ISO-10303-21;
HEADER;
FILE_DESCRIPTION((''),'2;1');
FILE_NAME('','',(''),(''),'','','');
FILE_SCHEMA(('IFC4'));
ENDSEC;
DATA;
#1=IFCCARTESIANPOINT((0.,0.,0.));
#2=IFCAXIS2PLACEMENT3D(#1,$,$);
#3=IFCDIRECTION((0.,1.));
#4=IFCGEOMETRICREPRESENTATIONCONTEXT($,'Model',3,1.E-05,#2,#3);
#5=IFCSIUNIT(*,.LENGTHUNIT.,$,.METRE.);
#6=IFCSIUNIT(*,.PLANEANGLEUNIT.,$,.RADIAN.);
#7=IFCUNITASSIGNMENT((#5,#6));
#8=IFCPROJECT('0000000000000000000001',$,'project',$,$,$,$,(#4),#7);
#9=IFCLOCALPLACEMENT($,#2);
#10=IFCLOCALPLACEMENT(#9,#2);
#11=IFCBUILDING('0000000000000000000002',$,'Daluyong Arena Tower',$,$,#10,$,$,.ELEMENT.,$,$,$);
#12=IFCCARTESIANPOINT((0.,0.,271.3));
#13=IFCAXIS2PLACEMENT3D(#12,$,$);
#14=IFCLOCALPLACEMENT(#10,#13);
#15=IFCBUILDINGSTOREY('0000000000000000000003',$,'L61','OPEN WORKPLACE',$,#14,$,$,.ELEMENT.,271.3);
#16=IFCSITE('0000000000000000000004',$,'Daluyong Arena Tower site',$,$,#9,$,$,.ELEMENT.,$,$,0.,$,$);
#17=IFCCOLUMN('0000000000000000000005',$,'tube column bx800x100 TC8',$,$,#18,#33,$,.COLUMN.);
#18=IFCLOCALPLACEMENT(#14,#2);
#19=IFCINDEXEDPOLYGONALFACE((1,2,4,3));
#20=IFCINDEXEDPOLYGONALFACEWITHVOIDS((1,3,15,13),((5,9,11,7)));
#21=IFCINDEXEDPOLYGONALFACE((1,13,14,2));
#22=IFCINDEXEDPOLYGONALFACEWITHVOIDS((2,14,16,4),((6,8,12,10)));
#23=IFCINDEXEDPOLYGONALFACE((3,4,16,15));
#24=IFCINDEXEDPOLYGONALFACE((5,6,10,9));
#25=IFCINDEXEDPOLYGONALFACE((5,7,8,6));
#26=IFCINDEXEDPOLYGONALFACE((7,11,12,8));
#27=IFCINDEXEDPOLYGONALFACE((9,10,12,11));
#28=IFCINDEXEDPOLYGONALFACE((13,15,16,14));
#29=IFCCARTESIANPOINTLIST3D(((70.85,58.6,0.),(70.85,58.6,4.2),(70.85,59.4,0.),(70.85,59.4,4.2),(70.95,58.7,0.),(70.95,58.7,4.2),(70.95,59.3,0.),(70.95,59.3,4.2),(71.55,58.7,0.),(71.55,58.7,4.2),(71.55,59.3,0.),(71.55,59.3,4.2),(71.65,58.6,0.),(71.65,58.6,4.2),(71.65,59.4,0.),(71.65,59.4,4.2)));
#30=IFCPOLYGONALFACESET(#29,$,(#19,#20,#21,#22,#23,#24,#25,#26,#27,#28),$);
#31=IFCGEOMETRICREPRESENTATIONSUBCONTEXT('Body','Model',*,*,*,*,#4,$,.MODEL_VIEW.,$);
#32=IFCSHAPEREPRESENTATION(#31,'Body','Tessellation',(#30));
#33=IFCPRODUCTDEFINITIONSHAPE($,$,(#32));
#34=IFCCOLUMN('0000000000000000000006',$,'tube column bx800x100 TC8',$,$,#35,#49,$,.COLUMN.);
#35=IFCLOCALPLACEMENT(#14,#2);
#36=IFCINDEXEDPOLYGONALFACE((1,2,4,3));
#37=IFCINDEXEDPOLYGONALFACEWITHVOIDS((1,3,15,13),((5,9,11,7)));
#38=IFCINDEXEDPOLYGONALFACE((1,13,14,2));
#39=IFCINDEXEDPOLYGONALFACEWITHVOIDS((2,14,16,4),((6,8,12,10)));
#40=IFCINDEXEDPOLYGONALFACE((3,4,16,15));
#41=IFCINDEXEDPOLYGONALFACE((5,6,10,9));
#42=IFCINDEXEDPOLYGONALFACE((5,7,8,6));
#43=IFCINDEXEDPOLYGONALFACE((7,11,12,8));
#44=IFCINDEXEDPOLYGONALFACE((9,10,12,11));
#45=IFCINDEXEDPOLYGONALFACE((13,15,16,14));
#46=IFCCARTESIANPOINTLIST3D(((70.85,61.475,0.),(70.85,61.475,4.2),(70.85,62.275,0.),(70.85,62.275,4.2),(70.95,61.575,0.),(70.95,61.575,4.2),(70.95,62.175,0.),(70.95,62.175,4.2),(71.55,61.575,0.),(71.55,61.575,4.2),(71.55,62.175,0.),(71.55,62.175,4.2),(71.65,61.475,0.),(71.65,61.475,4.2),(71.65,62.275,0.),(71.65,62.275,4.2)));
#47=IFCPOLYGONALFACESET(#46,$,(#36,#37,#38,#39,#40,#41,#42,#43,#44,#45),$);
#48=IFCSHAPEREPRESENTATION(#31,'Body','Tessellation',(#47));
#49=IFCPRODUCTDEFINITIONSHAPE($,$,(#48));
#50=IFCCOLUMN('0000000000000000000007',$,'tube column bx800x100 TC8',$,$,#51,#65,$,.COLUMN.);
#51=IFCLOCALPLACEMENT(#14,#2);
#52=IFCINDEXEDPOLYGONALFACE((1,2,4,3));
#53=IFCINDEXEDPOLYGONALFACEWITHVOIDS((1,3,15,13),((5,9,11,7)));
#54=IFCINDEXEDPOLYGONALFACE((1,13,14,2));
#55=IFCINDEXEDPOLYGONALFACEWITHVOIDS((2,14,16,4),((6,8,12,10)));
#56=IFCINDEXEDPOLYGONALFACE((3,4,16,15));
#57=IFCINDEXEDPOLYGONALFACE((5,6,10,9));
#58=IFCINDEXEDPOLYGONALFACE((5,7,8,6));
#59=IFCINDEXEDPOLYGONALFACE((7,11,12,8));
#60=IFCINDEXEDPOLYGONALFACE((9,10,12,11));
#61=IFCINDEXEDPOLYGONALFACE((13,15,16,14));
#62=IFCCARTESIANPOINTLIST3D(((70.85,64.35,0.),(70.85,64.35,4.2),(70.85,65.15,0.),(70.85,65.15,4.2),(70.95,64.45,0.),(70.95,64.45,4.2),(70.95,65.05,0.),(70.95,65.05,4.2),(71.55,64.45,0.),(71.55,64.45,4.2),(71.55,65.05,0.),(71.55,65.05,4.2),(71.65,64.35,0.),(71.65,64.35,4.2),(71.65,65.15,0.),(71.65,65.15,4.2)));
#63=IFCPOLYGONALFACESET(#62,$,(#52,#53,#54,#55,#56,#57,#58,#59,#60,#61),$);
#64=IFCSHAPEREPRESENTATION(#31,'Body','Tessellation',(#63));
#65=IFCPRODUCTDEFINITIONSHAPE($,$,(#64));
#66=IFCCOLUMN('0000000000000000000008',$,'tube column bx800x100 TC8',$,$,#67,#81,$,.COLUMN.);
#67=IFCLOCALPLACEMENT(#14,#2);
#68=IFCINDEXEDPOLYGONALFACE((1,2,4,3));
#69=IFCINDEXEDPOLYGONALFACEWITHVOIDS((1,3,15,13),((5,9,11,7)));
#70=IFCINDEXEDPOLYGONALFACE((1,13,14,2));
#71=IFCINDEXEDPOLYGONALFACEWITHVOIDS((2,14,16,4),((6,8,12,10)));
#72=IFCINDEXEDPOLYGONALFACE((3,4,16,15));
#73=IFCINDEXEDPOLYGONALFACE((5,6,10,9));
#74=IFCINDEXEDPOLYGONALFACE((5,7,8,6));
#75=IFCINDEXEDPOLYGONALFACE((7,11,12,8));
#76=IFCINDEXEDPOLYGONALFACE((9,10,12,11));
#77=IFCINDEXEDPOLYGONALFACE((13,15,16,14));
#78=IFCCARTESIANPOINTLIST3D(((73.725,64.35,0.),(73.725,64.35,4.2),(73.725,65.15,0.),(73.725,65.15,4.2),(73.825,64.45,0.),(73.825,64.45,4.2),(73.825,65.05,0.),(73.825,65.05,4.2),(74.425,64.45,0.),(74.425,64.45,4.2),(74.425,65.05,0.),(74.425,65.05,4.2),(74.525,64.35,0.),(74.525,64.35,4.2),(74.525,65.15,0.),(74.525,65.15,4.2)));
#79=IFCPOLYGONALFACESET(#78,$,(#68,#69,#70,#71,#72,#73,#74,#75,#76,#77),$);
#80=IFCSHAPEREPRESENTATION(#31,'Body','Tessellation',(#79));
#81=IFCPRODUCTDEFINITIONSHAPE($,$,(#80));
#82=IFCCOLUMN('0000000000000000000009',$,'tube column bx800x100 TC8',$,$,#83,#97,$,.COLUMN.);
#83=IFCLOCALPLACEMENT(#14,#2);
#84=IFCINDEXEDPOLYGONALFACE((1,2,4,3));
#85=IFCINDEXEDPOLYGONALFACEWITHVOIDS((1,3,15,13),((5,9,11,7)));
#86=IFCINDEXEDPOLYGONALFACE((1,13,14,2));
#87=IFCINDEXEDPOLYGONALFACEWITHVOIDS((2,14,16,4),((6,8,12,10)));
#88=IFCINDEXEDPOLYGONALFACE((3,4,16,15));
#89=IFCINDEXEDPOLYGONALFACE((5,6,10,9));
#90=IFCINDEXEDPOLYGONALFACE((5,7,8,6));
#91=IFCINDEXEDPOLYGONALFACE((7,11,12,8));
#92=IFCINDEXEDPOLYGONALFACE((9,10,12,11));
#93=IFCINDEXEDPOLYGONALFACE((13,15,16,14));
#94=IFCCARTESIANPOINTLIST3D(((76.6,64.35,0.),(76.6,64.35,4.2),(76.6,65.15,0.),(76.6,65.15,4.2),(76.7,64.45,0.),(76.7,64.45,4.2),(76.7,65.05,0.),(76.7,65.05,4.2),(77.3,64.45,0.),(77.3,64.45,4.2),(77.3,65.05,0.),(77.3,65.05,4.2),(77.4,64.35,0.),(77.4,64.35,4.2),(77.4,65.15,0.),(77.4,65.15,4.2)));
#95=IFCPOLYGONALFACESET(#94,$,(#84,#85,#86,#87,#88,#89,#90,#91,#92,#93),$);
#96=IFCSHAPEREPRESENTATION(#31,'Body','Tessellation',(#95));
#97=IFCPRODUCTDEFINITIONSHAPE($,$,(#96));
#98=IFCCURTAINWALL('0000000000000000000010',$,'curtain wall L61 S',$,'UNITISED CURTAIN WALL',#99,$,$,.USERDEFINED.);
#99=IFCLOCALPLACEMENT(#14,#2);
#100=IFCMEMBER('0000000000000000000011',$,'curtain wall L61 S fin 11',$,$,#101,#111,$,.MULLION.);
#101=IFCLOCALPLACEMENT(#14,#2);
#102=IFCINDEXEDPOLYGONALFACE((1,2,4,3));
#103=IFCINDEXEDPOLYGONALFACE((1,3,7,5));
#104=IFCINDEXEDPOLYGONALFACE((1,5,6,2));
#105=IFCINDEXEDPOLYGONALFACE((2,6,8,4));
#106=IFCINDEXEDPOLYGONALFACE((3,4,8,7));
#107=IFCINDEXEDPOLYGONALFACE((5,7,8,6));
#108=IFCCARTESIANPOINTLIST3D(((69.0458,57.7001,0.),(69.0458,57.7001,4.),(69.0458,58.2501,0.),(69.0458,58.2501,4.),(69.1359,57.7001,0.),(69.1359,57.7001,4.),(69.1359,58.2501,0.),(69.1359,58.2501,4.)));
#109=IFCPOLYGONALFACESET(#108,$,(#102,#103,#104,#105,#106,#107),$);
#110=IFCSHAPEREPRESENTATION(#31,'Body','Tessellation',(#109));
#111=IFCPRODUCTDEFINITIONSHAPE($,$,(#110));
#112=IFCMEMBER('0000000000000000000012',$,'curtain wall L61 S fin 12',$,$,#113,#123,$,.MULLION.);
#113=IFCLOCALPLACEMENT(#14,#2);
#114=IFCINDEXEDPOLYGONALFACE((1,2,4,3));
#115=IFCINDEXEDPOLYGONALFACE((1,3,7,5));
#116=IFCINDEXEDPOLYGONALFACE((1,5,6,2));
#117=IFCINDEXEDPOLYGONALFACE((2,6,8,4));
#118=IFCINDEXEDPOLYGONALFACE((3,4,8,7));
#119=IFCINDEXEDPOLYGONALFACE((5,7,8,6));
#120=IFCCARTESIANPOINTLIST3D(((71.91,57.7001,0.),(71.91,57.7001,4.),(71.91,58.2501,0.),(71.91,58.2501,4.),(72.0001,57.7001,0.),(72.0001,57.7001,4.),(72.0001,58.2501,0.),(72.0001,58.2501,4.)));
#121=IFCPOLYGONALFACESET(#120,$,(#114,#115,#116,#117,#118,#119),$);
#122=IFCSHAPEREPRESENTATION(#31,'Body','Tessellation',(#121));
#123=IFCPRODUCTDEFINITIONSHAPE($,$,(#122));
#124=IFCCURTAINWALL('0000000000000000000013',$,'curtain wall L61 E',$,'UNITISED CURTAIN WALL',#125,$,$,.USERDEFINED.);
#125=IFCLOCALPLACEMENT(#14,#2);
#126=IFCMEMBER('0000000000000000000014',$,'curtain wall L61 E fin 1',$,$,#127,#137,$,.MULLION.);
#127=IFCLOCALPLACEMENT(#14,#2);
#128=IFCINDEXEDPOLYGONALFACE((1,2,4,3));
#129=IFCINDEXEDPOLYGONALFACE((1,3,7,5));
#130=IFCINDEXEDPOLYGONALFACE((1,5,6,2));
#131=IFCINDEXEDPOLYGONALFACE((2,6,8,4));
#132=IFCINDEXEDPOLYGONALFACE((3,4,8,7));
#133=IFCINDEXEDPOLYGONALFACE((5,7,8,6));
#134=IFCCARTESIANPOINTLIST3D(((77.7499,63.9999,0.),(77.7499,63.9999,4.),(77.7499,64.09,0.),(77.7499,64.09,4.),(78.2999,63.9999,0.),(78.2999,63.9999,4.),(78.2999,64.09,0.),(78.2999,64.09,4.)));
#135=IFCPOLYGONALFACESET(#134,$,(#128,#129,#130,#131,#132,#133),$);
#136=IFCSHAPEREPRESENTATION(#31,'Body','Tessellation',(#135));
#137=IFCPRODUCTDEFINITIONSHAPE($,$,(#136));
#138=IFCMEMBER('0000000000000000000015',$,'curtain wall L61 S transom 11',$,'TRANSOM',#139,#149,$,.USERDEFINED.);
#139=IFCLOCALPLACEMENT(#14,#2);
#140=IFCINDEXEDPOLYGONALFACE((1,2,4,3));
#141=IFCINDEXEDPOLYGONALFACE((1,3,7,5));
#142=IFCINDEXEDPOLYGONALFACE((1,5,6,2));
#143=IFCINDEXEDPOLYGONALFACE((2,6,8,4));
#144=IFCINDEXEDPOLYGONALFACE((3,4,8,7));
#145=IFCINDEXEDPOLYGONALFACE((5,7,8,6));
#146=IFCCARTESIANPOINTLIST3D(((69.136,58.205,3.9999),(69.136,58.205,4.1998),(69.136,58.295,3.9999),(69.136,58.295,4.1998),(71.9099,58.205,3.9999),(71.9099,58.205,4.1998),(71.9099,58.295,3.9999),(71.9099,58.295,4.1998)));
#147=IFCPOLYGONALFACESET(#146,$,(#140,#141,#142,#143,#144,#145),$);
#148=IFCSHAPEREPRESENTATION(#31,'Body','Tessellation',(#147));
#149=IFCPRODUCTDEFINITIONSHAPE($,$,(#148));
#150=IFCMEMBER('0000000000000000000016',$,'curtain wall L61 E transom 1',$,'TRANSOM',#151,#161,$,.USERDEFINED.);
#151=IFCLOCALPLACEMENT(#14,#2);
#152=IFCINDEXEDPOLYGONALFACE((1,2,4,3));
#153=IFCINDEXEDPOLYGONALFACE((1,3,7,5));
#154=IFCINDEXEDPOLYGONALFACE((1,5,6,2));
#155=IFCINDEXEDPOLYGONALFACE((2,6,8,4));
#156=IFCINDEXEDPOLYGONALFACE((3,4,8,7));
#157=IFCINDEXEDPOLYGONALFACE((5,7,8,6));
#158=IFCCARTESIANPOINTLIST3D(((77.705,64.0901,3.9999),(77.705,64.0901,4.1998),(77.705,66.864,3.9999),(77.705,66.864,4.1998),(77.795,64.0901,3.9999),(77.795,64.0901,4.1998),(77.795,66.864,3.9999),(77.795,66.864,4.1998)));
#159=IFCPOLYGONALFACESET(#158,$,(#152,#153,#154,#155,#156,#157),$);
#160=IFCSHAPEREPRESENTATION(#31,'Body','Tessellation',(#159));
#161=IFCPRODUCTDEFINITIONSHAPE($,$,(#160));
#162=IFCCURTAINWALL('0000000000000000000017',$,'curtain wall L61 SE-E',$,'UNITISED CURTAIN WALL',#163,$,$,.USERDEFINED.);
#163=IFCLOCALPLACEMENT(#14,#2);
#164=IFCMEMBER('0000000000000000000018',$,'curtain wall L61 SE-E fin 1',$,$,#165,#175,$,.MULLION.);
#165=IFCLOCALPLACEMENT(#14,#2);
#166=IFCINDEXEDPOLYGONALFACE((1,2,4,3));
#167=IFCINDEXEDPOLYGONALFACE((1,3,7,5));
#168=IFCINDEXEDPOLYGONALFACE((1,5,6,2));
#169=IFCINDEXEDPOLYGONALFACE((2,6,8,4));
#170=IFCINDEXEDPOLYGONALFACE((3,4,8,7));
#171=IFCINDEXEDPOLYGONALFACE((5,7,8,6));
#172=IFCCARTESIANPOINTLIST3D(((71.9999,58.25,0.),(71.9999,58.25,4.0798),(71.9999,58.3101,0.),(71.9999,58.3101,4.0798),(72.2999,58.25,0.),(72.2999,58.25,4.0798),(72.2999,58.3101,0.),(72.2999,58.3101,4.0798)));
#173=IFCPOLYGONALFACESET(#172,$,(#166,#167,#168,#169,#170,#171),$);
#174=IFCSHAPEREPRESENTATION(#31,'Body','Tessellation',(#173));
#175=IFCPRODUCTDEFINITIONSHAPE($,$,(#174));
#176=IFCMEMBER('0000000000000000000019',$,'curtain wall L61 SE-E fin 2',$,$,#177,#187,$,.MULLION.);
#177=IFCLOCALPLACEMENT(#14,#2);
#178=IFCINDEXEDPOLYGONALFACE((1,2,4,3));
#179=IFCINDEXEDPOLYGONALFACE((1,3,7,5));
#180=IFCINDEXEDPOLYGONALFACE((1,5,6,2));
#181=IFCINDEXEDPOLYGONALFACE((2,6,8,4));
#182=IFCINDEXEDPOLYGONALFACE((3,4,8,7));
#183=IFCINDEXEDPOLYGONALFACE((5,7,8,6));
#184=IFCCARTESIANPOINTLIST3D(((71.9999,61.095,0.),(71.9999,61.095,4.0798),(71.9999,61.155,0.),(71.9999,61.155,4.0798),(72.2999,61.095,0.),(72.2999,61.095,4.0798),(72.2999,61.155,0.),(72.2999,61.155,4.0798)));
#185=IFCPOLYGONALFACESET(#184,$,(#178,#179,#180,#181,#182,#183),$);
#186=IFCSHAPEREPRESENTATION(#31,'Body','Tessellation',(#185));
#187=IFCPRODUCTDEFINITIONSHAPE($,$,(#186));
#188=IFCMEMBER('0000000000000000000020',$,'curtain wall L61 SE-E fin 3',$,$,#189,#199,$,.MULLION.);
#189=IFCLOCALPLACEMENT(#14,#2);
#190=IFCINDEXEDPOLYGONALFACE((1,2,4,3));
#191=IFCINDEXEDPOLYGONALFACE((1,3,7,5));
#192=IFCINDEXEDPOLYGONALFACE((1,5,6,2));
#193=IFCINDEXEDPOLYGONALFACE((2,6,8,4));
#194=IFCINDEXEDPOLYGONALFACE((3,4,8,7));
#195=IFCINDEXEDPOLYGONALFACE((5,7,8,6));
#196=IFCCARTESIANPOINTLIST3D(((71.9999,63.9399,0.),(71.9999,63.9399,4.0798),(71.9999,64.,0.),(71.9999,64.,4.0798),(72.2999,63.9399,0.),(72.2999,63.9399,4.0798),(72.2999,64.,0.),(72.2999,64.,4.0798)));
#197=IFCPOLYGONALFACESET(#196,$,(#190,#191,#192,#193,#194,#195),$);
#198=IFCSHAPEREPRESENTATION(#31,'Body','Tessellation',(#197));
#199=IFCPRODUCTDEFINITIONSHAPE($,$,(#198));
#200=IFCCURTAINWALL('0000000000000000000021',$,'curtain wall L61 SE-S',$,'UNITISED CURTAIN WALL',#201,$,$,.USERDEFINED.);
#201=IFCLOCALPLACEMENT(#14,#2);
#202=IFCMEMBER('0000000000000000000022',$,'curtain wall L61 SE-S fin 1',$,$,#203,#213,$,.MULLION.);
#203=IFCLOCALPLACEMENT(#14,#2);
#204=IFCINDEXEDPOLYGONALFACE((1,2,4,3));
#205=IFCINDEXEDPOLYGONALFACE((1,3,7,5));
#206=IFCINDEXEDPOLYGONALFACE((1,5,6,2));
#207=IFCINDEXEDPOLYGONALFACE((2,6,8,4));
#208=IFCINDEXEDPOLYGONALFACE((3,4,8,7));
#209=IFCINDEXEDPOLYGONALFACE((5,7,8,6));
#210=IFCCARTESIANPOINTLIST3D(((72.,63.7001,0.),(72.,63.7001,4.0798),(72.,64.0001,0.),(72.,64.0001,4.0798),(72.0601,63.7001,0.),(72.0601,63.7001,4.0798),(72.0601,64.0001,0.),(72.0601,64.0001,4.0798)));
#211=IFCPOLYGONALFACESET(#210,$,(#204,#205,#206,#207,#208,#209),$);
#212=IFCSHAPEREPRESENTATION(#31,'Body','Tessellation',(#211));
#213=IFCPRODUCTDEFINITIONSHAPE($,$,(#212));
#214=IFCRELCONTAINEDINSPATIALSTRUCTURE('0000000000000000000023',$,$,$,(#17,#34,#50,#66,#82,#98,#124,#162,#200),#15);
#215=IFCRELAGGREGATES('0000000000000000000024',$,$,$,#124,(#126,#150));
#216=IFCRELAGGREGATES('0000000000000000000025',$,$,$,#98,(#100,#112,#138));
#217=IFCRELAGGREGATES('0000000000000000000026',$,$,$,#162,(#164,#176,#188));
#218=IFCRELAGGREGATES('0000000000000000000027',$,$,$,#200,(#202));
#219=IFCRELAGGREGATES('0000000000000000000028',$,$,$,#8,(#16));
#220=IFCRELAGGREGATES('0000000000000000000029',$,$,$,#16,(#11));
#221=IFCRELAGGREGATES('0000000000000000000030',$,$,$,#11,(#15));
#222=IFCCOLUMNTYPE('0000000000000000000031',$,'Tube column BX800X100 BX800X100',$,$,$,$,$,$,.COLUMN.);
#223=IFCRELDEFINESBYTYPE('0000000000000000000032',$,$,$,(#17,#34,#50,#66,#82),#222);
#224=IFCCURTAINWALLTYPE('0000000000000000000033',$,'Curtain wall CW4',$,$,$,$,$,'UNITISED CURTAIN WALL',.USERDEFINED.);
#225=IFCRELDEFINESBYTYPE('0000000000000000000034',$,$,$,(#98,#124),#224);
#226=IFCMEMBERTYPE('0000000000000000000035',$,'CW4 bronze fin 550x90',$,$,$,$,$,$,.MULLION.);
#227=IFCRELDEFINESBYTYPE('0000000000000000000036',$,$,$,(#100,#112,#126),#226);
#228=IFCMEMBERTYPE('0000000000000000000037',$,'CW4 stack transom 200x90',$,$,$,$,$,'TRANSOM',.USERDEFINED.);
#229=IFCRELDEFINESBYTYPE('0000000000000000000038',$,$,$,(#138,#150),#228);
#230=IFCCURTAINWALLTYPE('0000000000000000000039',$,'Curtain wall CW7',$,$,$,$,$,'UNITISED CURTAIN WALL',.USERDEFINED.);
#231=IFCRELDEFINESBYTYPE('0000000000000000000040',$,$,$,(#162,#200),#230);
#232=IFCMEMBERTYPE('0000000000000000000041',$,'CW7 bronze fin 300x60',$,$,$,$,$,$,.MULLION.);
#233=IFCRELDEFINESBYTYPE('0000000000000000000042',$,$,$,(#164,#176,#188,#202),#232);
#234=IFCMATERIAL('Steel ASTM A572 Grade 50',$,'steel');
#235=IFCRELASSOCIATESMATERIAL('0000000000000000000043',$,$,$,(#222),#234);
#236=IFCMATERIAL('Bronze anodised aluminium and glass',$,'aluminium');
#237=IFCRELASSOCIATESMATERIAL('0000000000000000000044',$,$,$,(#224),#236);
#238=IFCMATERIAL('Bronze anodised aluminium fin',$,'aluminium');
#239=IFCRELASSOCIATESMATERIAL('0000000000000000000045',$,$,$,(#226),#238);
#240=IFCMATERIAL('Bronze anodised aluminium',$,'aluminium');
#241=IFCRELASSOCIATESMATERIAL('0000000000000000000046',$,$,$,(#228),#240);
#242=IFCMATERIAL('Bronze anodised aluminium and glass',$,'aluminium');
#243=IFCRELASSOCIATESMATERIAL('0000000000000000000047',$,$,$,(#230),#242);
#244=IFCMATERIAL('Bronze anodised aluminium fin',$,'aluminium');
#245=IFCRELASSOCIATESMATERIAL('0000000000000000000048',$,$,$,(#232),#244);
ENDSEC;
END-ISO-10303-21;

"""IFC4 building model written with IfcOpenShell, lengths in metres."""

from ifc_helpers import new_model, si_unit, direction, frame, origin, origin_2d, place, context, subcontext, project, spatial, rectangle, hollow_rectangle, extrude, material, material_profile, profile_set, type_object, element, aggregate, save


model = new_model("IFC4")

# Units and contexts
model_context = context("Model", 3, precision=1e-05, world=origin(), true_north=direction((0.0, 1.0)))
body_context = subcontext(model_context, "Body", "Model", "MODEL_VIEW")
ifc_project = project(units=[si_unit("LENGTHUNIT", "METRE"), si_unit("PLANEANGLEUNIT", "RADIAN")], contexts=[model_context])

# Site, building, storey
site_placement = place(None, origin())
site = spatial("IfcSite", under=ifc_project, at=site_placement, Name="Daluyong Arena Tower site", CompositionType="ELEMENT", RefElevation=0.0)
building_placement = place(site_placement, origin())
building = spatial("IfcBuilding", under=site, at=building_placement, Name="Daluyong Arena Tower", CompositionType="ELEMENT")
storey_placement = place(building_placement, frame((0.0, 0.0, 271.3)))
storey = spatial("IfcBuildingStorey", under=building, at=storey_placement, Name="L61", Description="OPEN WORKPLACE", CompositionType="ELEMENT", Elevation=271.3)

# Columns
ifc_material_1 = material(Name="Steel ASTM A572 Grade 50", Category="steel")
ifc_material_profile_1 = material_profile(ifc_material_1, hollow_rectangle(XDim=0.8, YDim=0.8, WallThickness=0.1, at=origin_2d()))
ifc_profile_set_1 = profile_set([ifc_material_profile_1], Name="Steel ASTM A572 Grade 50")
column_type = type_object("IfcColumnType", Name="Tube column BX800X100 BX800X100", PredefinedType="COLUMN", material=ifc_profile_set_1)
for number, where, z_axis, x_axis, name in (
    (1, (71.25, 59.0, 0.0), (0.0, 0.0, 1.0), (0.0, 1.0, 0.0), "tube column bx800x100 TC8"),
    (2, (71.25, 61.875, 0.0), (0.0, 0.0, 1.0), (0.0, 1.0, 0.0), "tube column bx800x100 TC8"),
    (3, (71.25, 64.75, 0.0), (0.0, 0.0, 1.0), (1.0, 0.0, 0.0), "tube column bx800x100 TC8"),
    (4, (74.125, 64.75, 0.0), (0.0, 0.0, 1.0), (1.0, 0.0, 0.0), "tube column bx800x100 TC8"),
    (5, (77.0, 64.75, 0.0), (0.0, 0.0, 1.0), (0.0, 1.0, 0.0), "tube column bx800x100 TC8"),
):
    element("IfcColumn", number, at=place(storey_placement, frame(where, z_axis=z_axis, x_axis=x_axis)), inside=storey, type_object=column_type, Name=name, PredefinedType="COLUMN", context=body_context, shape_type="SweptSolid", body=[
        extrude(hollow_rectangle(XDim=0.8, YDim=0.8, WallThickness=0.1, at=origin_2d()), origin(), (0.0, 0.0, 1.0), 4.2),
    ])

# Curtain wall, members
ifc_material_2 = material(Name="Bronze anodised aluminium and glass", Category="aluminium")
curtain_wall_type_1 = type_object("IfcCurtainWallType", Name="Curtain wall CW4", ElementType="UNITISED CURTAIN WALL", PredefinedType="USERDEFINED", material=ifc_material_2)
curtain_wall_1_placement = place(storey_placement, origin())
curtain_wall_1 = element("IfcCurtainWall", 6, at=curtain_wall_1_placement, inside=storey, type_object=curtain_wall_type_1, Name="curtain wall L61 S", ObjectType="UNITISED CURTAIN WALL", PredefinedType="USERDEFINED")
ifc_material_3 = material(Name="Bronze anodised aluminium fin", Category="aluminium")
ifc_material_profile_2 = material_profile(ifc_material_3, rectangle(XDim=0.55, YDim=0.0901, at=origin_2d()))
ifc_profile_set_2 = profile_set([ifc_material_profile_2], Name="Bronze anodised aluminium fin")
member_type_1 = type_object("IfcMemberType", Name="CW4 bronze fin 550x90", PredefinedType="MULLION", material=ifc_profile_set_2)
member_1_placement = place(storey_placement, frame((69.0908, 57.9751, 0.0), z_axis=(0.0, 0.0, 1.0), x_axis=(0.0, 1.0, 0.0)))
member_1 = element("IfcMember", 7, at=member_1_placement, type_object=member_type_1, Name="curtain wall L61 S fin 11", PredefinedType="MULLION", context=body_context, shape_type="SweptSolid", body=[
    extrude(rectangle(XDim=0.55, YDim=0.0901, at=origin_2d()), origin(), (0.0, 0.0, 1.0), 4.0),
])
member_2_placement = place(storey_placement, frame((71.9551, 57.9751, 0.0), z_axis=(0.0, 0.0, 1.0), x_axis=(0.0, 1.0, 0.0)))
member_2 = element("IfcMember", 8, at=member_2_placement, type_object=member_type_1, Name="curtain wall L61 S fin 12", PredefinedType="MULLION", context=body_context, shape_type="SweptSolid", body=[
    extrude(rectangle(XDim=0.55, YDim=0.0901, at=origin_2d()), origin(), (0.0, 0.0, 1.0), 4.0),
])

# Curtain wall, member
curtain_wall_2_placement = place(storey_placement, origin())
curtain_wall_2 = element("IfcCurtainWall", 9, at=curtain_wall_2_placement, inside=storey, type_object=curtain_wall_type_1, Name="curtain wall L61 E", ObjectType="UNITISED CURTAIN WALL", PredefinedType="USERDEFINED")
member_3_placement = place(storey_placement, frame((78.0249, 64.0449, 0.0), z_axis=(0.0, 0.0, 1.0), x_axis=(-1.0, 0.0, 0.0)))
member_3 = element("IfcMember", 10, at=member_3_placement, type_object=member_type_1, Name="curtain wall L61 E fin 1", PredefinedType="MULLION", context=body_context, shape_type="SweptSolid", body=[
    extrude(rectangle(XDim=0.55, YDim=0.0901, at=origin_2d()), origin(), (0.0, 0.0, 1.0), 4.0),
])

# Members
ifc_material_4 = material(Name="Bronze anodised aluminium", Category="aluminium")
ifc_material_profile_3 = material_profile(ifc_material_4, rectangle(XDim=0.0901, YDim=0.2, at=origin_2d()))
ifc_profile_set_3 = profile_set([ifc_material_profile_3], Name="Bronze anodised aluminium")
member_type_2 = type_object("IfcMemberType", Name="CW4 stack transom 200x90", ElementType="TRANSOM", PredefinedType="USERDEFINED", material=ifc_profile_set_3)
member_4_placement = place(storey_placement, frame((69.136, 58.25, 4.0999), z_axis=(1.0, 0.0, 0.0), x_axis=(0.0, 1.0, 0.0)))
member_4 = element("IfcMember", 11, at=member_4_placement, type_object=member_type_2, Name="curtain wall L61 S transom 11", ObjectType="TRANSOM", PredefinedType="USERDEFINED", context=body_context, shape_type="SweptSolid", body=[
    extrude(rectangle(XDim=0.0901, YDim=0.2, at=origin_2d()), origin(), (0.0, 0.0, 1.0), 2.7739),
])
member_5_placement = place(storey_placement, frame((77.75, 64.0901, 4.0999), z_axis=(0.0, 1.0, 0.0), x_axis=(-1.0, 0.0, 0.0)))
member_5 = element("IfcMember", 12, at=member_5_placement, type_object=member_type_2, Name="curtain wall L61 E transom 1", ObjectType="TRANSOM", PredefinedType="USERDEFINED", context=body_context, shape_type="SweptSolid", body=[
    extrude(rectangle(XDim=0.0901, YDim=0.2, at=origin_2d()), origin(), (0.0, 0.0, 1.0), 2.7739),
])
aggregate(curtain_wall_2, [member_3, member_5])

# Curtain walls, members
ifc_material_5 = material(Name="Bronze anodised aluminium and glass", Category="aluminium")
curtain_wall_type_2 = type_object("IfcCurtainWallType", Name="Curtain wall CW7", ElementType="UNITISED CURTAIN WALL", PredefinedType="USERDEFINED", material=ifc_material_5)
curtain_wall_3_placement = place(storey_placement, origin())
curtain_wall_3 = element("IfcCurtainWall", 13, at=curtain_wall_3_placement, inside=storey, type_object=curtain_wall_type_2, Name="curtain wall L61 SE-E", ObjectType="UNITISED CURTAIN WALL", PredefinedType="USERDEFINED")
ifc_material_6 = material(Name="Bronze anodised aluminium fin", Category="aluminium")
ifc_material_profile_4 = material_profile(ifc_material_6, rectangle(XDim=0.3, YDim=0.0601, at=origin_2d()))
ifc_profile_set_4 = profile_set([ifc_material_profile_4], Name="Bronze anodised aluminium fin")
member_type_3 = type_object("IfcMemberType", Name="CW7 bronze fin 300x60", PredefinedType="MULLION", material=ifc_profile_set_4)
member_6_placement = place(storey_placement, frame((72.1499, 58.28, 0.0), z_axis=(0.0, 0.0, 1.0), x_axis=(-1.0, 0.0, 0.0)))
member_6 = element("IfcMember", 14, at=member_6_placement, type_object=member_type_3, Name="curtain wall L61 SE-E fin 1", PredefinedType="MULLION", context=body_context, shape_type="SweptSolid", body=[
    extrude(rectangle(XDim=0.3, YDim=0.0601, at=origin_2d()), origin(), (0.0, 0.0, 1.0), 4.0798),
])
member_7_placement = place(storey_placement, frame((72.1499, 61.125, 0.0), z_axis=(0.0, 0.0, 1.0), x_axis=(-1.0, 0.0, 0.0)))
member_7 = element("IfcMember", 15, at=member_7_placement, type_object=member_type_3, Name="curtain wall L61 SE-E fin 2", PredefinedType="MULLION", context=body_context, shape_type="SweptSolid", body=[
    extrude(rectangle(XDim=0.3, YDim=0.0601, at=origin_2d()), origin(), (0.0, 0.0, 1.0), 4.0798),
])
member_8_placement = place(storey_placement, frame((72.1499, 63.97, 0.0), z_axis=(0.0, 0.0, 1.0), x_axis=(-1.0, 0.0, 0.0)))
member_8 = element("IfcMember", 16, at=member_8_placement, type_object=member_type_3, Name="curtain wall L61 SE-E fin 3", PredefinedType="MULLION", context=body_context, shape_type="SweptSolid", body=[
    extrude(rectangle(XDim=0.3, YDim=0.0601, at=origin_2d()), origin(), (0.0, 0.0, 1.0), 4.0798),
])
curtain_wall_4_placement = place(storey_placement, origin())
curtain_wall_4 = element("IfcCurtainWall", 17, at=curtain_wall_4_placement, inside=storey, type_object=curtain_wall_type_2, Name="curtain wall L61 SE-S", ObjectType="UNITISED CURTAIN WALL", PredefinedType="USERDEFINED")
member_9_placement = place(storey_placement, frame((72.03, 63.8501, 0.0), z_axis=(0.0, 0.0, 1.0), x_axis=(0.0, 1.0, 0.0)))
member_9 = element("IfcMember", 18, at=member_9_placement, type_object=member_type_3, Name="curtain wall L61 SE-S fin 1", PredefinedType="MULLION", context=body_context, shape_type="SweptSolid", body=[
    extrude(rectangle(XDim=0.3, YDim=0.0601, at=origin_2d()), origin(), (0.0, 0.0, 1.0), 4.0798),
])

aggregate(curtain_wall_1, [member_1, member_2, member_4])
aggregate(curtain_wall_3, [member_6, member_7, member_8])
aggregate(curtain_wall_4, [member_9])

save(model, "model.ifc")
